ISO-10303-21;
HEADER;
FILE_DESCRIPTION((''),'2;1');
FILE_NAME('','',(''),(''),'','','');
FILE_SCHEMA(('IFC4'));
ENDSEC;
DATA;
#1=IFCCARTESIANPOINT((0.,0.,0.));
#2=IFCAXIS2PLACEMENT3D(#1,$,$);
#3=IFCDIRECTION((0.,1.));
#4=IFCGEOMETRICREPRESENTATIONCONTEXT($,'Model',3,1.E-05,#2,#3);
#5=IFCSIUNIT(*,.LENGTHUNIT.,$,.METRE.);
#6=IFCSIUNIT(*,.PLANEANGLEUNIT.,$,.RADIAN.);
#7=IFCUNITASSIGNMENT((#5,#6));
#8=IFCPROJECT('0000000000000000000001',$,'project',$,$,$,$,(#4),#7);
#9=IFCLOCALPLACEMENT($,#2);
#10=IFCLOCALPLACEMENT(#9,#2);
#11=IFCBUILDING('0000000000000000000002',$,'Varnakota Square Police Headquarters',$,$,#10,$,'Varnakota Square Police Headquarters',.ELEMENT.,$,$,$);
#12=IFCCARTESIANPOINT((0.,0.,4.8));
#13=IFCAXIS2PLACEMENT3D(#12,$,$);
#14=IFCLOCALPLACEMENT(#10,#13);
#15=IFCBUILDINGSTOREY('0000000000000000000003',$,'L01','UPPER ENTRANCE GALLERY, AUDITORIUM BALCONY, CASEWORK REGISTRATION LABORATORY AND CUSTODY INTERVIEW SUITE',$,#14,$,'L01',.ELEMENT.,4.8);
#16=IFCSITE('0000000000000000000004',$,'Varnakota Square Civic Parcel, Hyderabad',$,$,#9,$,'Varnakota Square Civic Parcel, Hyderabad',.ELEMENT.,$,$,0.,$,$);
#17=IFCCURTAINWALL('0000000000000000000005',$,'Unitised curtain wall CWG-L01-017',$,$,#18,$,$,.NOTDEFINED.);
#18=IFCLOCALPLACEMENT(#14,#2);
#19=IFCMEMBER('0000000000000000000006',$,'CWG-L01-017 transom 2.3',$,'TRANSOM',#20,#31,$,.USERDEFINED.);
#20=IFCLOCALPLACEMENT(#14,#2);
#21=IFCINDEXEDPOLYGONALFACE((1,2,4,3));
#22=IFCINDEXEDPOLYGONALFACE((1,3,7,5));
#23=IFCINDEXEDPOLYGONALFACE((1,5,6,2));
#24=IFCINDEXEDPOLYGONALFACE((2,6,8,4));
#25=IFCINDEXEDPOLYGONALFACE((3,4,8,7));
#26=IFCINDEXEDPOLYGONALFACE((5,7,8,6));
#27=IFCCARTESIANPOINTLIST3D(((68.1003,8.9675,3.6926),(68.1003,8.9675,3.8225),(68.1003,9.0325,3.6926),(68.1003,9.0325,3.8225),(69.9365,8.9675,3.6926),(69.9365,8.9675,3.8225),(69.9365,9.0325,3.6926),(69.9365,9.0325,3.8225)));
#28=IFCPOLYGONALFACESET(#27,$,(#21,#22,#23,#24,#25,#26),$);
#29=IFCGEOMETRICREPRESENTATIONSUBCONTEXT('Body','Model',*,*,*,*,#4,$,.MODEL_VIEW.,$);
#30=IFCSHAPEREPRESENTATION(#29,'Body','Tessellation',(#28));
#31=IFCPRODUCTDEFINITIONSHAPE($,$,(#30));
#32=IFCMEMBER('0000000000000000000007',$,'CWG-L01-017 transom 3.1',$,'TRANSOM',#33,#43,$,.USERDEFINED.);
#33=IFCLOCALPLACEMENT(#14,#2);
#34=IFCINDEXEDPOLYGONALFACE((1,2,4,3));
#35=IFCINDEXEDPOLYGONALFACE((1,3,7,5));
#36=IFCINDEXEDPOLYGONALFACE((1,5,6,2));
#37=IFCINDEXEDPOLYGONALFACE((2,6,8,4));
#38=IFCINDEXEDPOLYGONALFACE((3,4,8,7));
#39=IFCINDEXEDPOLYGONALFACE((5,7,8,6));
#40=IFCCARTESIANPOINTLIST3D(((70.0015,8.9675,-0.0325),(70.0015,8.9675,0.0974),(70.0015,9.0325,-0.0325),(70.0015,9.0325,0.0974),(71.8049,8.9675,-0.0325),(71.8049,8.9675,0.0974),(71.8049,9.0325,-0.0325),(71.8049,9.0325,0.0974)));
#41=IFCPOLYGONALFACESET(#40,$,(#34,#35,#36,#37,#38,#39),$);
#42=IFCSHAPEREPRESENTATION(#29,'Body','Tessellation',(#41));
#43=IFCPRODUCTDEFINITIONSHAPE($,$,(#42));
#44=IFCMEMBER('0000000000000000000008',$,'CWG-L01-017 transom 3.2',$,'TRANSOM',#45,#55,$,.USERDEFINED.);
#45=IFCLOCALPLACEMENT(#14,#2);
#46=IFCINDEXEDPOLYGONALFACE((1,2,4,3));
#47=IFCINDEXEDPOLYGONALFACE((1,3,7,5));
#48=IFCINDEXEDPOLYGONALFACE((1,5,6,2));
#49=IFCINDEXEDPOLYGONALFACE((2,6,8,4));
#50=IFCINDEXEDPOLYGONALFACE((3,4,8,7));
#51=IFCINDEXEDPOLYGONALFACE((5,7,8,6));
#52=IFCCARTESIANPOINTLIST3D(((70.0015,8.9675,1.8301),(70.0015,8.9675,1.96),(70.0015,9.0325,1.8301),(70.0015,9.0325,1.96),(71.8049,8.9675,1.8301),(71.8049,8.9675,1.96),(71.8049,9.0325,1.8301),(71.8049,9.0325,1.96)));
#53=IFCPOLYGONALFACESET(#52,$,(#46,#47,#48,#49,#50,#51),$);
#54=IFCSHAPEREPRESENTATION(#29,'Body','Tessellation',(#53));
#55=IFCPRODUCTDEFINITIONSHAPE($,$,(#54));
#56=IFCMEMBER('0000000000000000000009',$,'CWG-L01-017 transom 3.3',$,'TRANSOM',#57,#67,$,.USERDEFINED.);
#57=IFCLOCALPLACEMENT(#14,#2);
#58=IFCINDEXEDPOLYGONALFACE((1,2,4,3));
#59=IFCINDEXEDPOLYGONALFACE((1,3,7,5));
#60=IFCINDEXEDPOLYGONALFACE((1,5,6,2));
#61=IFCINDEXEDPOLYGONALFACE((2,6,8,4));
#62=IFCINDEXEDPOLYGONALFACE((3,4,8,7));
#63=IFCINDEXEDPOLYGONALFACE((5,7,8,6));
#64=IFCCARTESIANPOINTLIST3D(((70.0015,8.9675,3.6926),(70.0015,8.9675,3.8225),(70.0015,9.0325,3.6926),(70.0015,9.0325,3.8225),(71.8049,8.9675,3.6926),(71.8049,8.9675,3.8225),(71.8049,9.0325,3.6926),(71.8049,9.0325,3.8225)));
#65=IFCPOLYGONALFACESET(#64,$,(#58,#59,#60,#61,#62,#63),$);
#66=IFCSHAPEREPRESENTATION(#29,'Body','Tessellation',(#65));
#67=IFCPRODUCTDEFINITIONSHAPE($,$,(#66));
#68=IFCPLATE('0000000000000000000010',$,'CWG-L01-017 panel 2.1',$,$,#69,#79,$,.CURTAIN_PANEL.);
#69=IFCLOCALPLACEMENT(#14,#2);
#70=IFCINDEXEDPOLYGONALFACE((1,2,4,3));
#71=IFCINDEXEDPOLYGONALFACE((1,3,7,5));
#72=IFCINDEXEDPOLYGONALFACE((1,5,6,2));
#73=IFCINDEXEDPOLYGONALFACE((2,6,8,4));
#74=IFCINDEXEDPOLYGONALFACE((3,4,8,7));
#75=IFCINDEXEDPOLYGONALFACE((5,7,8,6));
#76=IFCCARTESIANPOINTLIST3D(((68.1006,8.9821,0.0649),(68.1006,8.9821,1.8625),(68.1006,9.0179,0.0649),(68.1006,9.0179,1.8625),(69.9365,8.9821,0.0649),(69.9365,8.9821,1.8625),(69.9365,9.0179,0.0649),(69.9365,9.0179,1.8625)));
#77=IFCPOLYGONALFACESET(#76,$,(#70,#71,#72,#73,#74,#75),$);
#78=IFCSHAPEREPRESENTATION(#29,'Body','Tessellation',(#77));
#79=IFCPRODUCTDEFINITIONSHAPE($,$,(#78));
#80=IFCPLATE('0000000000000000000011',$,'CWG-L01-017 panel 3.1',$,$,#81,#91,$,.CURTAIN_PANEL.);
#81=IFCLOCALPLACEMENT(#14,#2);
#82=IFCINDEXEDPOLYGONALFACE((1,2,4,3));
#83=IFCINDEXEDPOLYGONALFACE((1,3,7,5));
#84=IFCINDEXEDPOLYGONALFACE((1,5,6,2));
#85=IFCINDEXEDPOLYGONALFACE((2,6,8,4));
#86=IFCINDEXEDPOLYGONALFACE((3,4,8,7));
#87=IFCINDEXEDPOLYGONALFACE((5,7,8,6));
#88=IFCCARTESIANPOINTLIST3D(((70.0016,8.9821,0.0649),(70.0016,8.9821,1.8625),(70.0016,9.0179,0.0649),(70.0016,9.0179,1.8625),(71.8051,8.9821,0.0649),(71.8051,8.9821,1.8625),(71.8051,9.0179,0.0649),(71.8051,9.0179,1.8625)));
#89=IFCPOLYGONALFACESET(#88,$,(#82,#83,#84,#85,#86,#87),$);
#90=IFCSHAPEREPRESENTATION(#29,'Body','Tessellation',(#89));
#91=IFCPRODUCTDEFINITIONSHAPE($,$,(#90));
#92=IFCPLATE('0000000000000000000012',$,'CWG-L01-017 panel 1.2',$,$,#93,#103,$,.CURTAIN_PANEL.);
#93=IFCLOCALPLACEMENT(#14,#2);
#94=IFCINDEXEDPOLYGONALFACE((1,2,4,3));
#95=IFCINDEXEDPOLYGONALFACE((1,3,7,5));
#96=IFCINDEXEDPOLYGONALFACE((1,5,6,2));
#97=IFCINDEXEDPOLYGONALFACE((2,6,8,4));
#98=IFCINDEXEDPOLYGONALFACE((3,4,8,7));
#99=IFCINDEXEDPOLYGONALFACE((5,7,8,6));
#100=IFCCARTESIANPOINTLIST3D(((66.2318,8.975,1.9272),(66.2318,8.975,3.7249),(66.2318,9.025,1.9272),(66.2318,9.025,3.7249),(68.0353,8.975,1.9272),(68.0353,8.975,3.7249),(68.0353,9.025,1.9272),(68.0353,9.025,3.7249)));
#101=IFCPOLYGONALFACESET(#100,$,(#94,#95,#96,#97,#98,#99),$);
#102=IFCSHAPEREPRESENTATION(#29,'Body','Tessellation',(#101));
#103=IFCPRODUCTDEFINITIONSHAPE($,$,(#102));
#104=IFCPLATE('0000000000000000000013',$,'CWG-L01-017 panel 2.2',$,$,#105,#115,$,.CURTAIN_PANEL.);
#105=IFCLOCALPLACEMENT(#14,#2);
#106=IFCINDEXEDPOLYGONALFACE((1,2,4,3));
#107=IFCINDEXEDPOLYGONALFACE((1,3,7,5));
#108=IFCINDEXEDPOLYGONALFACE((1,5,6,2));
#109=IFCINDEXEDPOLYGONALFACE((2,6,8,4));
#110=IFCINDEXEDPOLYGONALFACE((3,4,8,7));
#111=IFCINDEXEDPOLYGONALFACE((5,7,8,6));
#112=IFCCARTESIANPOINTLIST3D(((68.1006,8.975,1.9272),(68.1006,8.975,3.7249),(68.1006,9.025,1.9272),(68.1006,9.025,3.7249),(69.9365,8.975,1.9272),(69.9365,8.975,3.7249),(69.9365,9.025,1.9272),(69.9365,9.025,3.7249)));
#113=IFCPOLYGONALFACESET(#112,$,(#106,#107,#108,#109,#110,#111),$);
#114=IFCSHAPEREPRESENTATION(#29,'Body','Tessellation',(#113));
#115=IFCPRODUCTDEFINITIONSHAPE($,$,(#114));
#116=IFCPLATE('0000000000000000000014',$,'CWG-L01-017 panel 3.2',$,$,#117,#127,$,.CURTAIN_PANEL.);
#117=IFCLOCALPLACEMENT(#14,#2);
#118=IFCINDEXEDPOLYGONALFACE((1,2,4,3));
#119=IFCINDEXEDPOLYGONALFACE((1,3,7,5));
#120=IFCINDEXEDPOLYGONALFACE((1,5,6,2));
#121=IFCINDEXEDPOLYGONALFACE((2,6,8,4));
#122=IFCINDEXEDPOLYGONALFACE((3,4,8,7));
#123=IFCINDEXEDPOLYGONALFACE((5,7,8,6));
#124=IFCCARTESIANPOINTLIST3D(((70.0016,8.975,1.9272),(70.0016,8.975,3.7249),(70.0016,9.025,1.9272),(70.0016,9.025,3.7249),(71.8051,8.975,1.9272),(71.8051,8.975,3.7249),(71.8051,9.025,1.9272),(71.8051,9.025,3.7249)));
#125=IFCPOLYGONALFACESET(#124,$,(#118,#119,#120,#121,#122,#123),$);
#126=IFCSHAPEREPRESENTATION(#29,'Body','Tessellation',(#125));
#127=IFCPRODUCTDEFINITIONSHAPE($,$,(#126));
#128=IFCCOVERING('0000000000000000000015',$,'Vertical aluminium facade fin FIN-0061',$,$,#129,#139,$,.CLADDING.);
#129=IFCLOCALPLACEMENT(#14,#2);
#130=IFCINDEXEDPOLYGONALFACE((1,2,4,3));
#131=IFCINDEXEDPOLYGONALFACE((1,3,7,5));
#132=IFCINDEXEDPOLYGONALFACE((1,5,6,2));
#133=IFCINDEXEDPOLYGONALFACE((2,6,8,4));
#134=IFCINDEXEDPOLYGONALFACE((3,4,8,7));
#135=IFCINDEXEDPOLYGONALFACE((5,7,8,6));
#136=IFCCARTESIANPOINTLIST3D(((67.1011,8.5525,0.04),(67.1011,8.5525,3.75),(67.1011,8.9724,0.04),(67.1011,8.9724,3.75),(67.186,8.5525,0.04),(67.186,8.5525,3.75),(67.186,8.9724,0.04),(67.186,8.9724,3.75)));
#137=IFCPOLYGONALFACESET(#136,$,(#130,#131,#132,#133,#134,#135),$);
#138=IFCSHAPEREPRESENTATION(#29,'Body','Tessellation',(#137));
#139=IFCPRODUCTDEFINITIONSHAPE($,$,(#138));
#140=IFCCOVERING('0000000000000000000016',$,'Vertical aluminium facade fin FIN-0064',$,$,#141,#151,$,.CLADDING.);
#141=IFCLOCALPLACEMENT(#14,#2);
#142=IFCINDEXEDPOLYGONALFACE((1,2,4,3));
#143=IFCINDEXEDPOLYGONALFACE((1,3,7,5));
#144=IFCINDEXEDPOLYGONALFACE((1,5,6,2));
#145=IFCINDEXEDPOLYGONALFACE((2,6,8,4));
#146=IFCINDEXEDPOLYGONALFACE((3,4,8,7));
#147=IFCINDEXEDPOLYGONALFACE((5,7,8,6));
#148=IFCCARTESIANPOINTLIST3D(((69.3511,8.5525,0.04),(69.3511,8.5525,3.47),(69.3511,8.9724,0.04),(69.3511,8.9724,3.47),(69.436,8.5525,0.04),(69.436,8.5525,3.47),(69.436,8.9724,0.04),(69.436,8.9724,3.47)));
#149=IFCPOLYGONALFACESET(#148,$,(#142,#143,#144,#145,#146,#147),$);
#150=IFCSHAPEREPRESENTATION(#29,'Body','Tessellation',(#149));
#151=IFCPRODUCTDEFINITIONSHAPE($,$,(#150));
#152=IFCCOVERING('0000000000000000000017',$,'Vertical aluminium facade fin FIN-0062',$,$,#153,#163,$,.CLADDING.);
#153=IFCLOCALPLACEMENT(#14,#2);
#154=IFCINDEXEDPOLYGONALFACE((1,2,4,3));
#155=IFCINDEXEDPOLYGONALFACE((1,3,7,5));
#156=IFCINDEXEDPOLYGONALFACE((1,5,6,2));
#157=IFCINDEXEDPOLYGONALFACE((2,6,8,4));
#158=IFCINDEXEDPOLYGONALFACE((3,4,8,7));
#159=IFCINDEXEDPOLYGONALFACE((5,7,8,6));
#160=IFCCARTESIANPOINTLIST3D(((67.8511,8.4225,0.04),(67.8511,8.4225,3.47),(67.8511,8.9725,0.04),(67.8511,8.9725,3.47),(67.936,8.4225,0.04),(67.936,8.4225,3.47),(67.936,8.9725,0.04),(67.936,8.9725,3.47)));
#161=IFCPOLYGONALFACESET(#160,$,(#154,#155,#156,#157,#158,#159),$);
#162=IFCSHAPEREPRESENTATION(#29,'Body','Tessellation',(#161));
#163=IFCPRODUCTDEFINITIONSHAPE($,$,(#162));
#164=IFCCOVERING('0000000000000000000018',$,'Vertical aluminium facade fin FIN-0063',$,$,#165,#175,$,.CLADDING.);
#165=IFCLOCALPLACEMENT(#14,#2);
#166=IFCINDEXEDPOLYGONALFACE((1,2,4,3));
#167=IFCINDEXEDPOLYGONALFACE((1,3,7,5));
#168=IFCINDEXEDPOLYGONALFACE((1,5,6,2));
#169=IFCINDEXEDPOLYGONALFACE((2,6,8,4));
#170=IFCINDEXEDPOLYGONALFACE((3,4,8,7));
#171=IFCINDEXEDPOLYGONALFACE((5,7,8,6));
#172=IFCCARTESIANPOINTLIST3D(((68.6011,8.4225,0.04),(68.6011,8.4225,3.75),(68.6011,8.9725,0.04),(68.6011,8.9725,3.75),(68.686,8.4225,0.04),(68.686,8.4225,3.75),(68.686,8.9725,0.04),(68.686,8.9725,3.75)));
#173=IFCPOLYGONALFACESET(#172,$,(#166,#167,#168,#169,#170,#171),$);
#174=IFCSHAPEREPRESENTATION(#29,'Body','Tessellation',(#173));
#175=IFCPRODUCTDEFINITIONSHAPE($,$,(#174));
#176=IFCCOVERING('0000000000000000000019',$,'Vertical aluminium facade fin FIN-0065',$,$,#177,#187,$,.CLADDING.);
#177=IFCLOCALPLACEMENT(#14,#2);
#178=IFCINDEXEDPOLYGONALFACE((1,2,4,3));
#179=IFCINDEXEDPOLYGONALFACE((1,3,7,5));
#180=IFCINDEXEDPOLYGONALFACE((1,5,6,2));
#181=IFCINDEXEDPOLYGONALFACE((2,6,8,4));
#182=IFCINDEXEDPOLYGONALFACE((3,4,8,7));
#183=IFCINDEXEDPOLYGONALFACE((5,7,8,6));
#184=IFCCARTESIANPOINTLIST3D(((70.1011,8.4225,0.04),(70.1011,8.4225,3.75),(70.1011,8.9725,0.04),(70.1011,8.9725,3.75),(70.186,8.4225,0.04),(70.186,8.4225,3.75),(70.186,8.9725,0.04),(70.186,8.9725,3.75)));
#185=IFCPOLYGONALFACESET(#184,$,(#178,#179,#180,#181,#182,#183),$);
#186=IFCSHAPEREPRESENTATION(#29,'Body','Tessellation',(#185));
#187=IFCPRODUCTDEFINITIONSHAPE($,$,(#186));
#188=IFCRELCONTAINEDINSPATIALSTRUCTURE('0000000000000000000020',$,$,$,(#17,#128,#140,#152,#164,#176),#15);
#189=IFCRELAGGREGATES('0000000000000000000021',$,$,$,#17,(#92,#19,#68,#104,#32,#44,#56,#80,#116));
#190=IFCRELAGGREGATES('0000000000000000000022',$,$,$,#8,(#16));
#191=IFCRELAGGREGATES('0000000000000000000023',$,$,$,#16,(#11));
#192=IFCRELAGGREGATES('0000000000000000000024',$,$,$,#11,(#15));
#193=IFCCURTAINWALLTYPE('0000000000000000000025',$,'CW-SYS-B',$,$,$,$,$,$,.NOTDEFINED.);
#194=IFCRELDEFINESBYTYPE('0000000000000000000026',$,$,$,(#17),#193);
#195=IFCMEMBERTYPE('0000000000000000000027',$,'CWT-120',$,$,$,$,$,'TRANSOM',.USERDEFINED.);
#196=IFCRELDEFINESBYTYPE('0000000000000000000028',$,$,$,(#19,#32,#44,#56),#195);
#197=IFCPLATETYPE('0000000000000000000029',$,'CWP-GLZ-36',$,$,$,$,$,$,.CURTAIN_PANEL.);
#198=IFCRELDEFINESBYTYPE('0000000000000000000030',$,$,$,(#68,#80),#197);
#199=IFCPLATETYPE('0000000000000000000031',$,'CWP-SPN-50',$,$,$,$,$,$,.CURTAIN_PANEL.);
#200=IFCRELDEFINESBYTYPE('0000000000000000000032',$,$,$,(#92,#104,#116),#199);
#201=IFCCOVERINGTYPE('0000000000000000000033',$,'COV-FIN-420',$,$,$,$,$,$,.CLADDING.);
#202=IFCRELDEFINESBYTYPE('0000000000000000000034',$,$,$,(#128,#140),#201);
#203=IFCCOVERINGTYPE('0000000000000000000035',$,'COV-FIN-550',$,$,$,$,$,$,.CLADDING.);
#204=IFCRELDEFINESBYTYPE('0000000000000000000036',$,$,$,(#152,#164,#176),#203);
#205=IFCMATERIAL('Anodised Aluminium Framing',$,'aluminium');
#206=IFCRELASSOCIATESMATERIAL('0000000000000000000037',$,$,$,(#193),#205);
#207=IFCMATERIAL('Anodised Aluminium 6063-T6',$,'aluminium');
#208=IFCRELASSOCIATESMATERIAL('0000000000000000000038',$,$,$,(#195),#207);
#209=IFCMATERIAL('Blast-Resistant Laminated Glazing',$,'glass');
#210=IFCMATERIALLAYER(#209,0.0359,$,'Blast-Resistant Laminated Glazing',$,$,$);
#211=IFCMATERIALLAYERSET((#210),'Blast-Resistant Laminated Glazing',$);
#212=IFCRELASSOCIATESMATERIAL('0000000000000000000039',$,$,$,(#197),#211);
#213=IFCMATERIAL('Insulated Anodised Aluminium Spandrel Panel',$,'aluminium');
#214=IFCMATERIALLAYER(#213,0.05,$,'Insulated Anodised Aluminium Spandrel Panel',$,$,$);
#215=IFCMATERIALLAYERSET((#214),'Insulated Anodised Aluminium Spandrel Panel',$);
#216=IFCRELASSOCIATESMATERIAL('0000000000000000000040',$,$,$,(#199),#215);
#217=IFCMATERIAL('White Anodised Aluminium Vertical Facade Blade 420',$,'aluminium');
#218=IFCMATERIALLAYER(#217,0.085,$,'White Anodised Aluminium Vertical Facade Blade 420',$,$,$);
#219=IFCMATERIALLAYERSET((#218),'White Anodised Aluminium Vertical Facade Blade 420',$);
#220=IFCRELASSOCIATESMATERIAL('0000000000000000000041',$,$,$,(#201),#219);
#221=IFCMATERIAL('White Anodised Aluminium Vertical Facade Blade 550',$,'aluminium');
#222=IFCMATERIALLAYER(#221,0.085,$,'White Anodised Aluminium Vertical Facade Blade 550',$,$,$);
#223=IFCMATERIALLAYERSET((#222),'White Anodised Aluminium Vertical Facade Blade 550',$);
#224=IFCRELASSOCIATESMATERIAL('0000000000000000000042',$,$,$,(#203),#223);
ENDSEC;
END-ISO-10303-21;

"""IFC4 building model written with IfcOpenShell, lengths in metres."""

from ifc_helpers import new_model, si_unit, direction, frame, origin, origin_2d, place, context, subcontext, project, spatial, rectangle, extrude, material, layer, layer_set, material_profile, profile_set, type_object, element, aggregate, save


model = new_model("IFC4")

# Units and contexts
model_context = context("Model", 3, precision=1e-05, world=origin(), true_north=direction((0.0, 1.0)))
body_context = subcontext(model_context, "Body", "Model", "MODEL_VIEW")
ifc_project = project(units=[si_unit("LENGTHUNIT", "METRE"), si_unit("PLANEANGLEUNIT", "RADIAN")], contexts=[model_context])

# Site, building, storey
site_placement = place(None, origin())
site = spatial("IfcSite", under=ifc_project, at=site_placement, Name="Varnakota Square Civic Parcel, Hyderabad", LongName="Varnakota Square Civic Parcel, Hyderabad", CompositionType="ELEMENT", RefElevation=0.0)
building_placement = place(site_placement, origin())
building = spatial("IfcBuilding", under=site, at=building_placement, Name="Varnakota Square Police Headquarters", LongName="Varnakota Square Police Headquarters", CompositionType="ELEMENT")
storey_placement = place(building_placement, frame((0.0, 0.0, 4.8)))
storey = spatial("IfcBuildingStorey", under=building, at=storey_placement, Name="L01", Description="UPPER ENTRANCE GALLERY, AUDITORIUM BALCONY, CASEWORK REGISTRATION LABORATORY AND CUSTODY INTERVIEW SUITE", LongName="L01", CompositionType="ELEMENT", Elevation=4.8)

# Curtain wall, members, plates
ifc_material_1 = material(Name="Anodised Aluminium Framing", Category="aluminium")
curtain_wall_type = type_object("IfcCurtainWallType", Name="CW-SYS-B", PredefinedType="NOTDEFINED", material=ifc_material_1)
curtain_wall_placement = place(storey_placement, origin())
curtain_wall = element("IfcCurtainWall", 1, at=curtain_wall_placement, inside=storey, type_object=curtain_wall_type, Name="Unitised curtain wall CWG-L01-017", PredefinedType="NOTDEFINED")
ifc_material_2 = material(Name="Anodised Aluminium 6063-T6", Category="aluminium")
ifc_material_profile_1 = material_profile(ifc_material_2, rectangle(XDim=0.0649, YDim=0.1299, at=origin_2d()), Name="ALU TRANSOM 65x130")
ifc_profile_set_1 = profile_set([ifc_material_profile_1], Name="Anodised Aluminium 6063-T6")
member_type_1 = type_object("IfcMemberType", Name="CWT-120", ElementType="TRANSOM", PredefinedType="USERDEFINED", material=ifc_profile_set_1)
member_1_placement = place(storey_placement, frame((68.1003, 9.0, 3.7576), z_axis=(1.0, 0.0, 0.0), x_axis=(0.0, 1.0, 0.0)))
member_1 = element("IfcMember", 2, at=member_1_placement, type_object=member_type_1, Name="CWG-L01-017 transom 2.3", ObjectType="TRANSOM", PredefinedType="USERDEFINED", context=body_context, shape_type="SweptSolid", body=[
    extrude(rectangle(XDim=0.0649, YDim=0.1299, at=origin_2d()), origin(), (0.0, 0.0, 1.0), 1.8362),
])
member_2_placement = place(storey_placement, frame((70.0015, 9.0, 0.0325), z_axis=(1.0, 0.0, 0.0), x_axis=(0.0, 1.0, 0.0)))
member_2 = element("IfcMember", 3, at=member_2_placement, type_object=member_type_1, Name="CWG-L01-017 transom 3.1", ObjectType="TRANSOM", PredefinedType="USERDEFINED", context=body_context, shape_type="SweptSolid", body=[
    extrude(rectangle(XDim=0.0649, YDim=0.1299, at=origin_2d()), origin(), (0.0, 0.0, 1.0), 1.8035),
])
member_3_placement = place(storey_placement, frame((70.0015, 9.0, 1.895), z_axis=(1.0, 0.0, 0.0), x_axis=(0.0, 1.0, 0.0)))
member_3 = element("IfcMember", 4, at=member_3_placement, type_object=member_type_1, Name="CWG-L01-017 transom 3.2", ObjectType="TRANSOM", PredefinedType="USERDEFINED", context=body_context, shape_type="SweptSolid", body=[
    extrude(rectangle(XDim=0.0649, YDim=0.1299, at=origin_2d()), origin(), (0.0, 0.0, 1.0), 1.8035),
])
member_4_placement = place(storey_placement, frame((70.0015, 9.0, 3.7576), z_axis=(1.0, 0.0, 0.0), x_axis=(0.0, 1.0, 0.0)))
member_4 = element("IfcMember", 5, at=member_4_placement, type_object=member_type_1, Name="CWG-L01-017 transom 3.3", ObjectType="TRANSOM", PredefinedType="USERDEFINED", context=body_context, shape_type="SweptSolid", body=[
    extrude(rectangle(XDim=0.0649, YDim=0.1299, at=origin_2d()), origin(), (0.0, 0.0, 1.0), 1.8035),
])
ifc_material_3 = material(Name="Blast-Resistant Laminated Glazing", Category="glass")
ifc_layer_1 = layer(ifc_material_3, 0.0359, Name="Blast-Resistant Laminated Glazing")
ifc_layer_set_1 = layer_set([ifc_layer_1], Name="Blast-Resistant Laminated Glazing")
plate_type_1 = type_object("IfcPlateType", Name="CWP-GLZ-36", PredefinedType="CURTAIN_PANEL", material=ifc_layer_set_1)
plate_1_placement = place(storey_placement, frame((69.0186, 9.0, 0.0649), z_axis=(0.0, 0.0, 1.0), x_axis=(1.0, 0.0, 0.0)))
plate_1 = element("IfcPlate", 6, at=plate_1_placement, type_object=plate_type_1, Name="CWG-L01-017 panel 2.1", PredefinedType="CURTAIN_PANEL", context=body_context, shape_type="SweptSolid", body=[
    extrude(rectangle(XDim=1.8359, YDim=0.0359, at=origin_2d()), origin(), (0.0, 0.0, 1.0), 1.7976),
])
plate_2_placement = place(storey_placement, frame((70.9033, 9.0, 0.0649), z_axis=(0.0, 0.0, 1.0), x_axis=(1.0, 0.0, 0.0)))
plate_2 = element("IfcPlate", 7, at=plate_2_placement, type_object=plate_type_1, Name="CWG-L01-017 panel 3.1", PredefinedType="CURTAIN_PANEL", context=body_context, shape_type="SweptSolid", body=[
    extrude(rectangle(XDim=1.8035, YDim=0.0359, at=origin_2d()), origin(), (0.0, 0.0, 1.0), 1.7976),
])
ifc_material_4 = material(Name="Insulated Anodised Aluminium Spandrel Panel", Category="aluminium")
ifc_layer_2 = layer(ifc_material_4, 0.05, Name="Insulated Anodised Aluminium Spandrel Panel")
ifc_layer_set_2 = layer_set([ifc_layer_2], Name="Insulated Anodised Aluminium Spandrel Panel")
plate_type_2 = type_object("IfcPlateType", Name="CWP-SPN-50", PredefinedType="CURTAIN_PANEL", material=ifc_layer_set_2)
plate_3_placement = place(storey_placement, frame((67.1335, 9.0, 1.9272), z_axis=(0.0, 0.0, 1.0), x_axis=(1.0, 0.0, 0.0)))
plate_3 = element("IfcPlate", 8, at=plate_3_placement, type_object=plate_type_2, Name="CWG-L01-017 panel 1.2", PredefinedType="CURTAIN_PANEL", context=body_context, shape_type="SweptSolid", body=[
    extrude(rectangle(XDim=1.8035, YDim=0.05, at=origin_2d()), origin(), (0.0, 0.0, 1.0), 1.7976),
])
plate_4_placement = place(storey_placement, frame((69.0186, 9.0, 1.9272), z_axis=(0.0, 0.0, 1.0), x_axis=(1.0, 0.0, 0.0)))
plate_4 = element("IfcPlate", 9, at=plate_4_placement, type_object=plate_type_2, Name="CWG-L01-017 panel 2.2", PredefinedType="CURTAIN_PANEL", context=body_context, shape_type="SweptSolid", body=[
    extrude(rectangle(XDim=1.8359, YDim=0.05, at=origin_2d()), origin(), (0.0, 0.0, 1.0), 1.7976),
])
plate_5_placement = place(storey_placement, frame((70.9033, 9.0, 1.9272), z_axis=(0.0, 0.0, 1.0), x_axis=(1.0, 0.0, 0.0)))
plate_5 = element("IfcPlate", 10, at=plate_5_placement, type_object=plate_type_2, Name="CWG-L01-017 panel 3.2", PredefinedType="CURTAIN_PANEL", context=body_context, shape_type="SweptSolid", body=[
    extrude(rectangle(XDim=1.8035, YDim=0.05, at=origin_2d()), origin(), (0.0, 0.0, 1.0), 1.7976),
])
aggregate(curtain_wall, [plate_3, member_1, plate_1, plate_4, member_2, member_3, member_4, plate_2, plate_5])

# Coverings
ifc_material_5 = material(Name="White Anodised Aluminium Vertical Facade Blade 420", Category="aluminium")
ifc_layer_3 = layer(ifc_material_5, 0.085, Name="White Anodised Aluminium Vertical Facade Blade 420")
ifc_layer_set_3 = layer_set([ifc_layer_3], Name="White Anodised Aluminium Vertical Facade Blade 420")
covering_type_1 = type_object("IfcCoveringType", Name="COV-FIN-420", PredefinedType="CLADDING", material=ifc_layer_set_3)
covering_1_placement = place(storey_placement, frame((67.1436, 8.7625, 0.04), z_axis=(0.0, 0.0, 1.0), x_axis=(1.0, 0.0, 0.0)))
element("IfcCovering", 11, at=covering_1_placement, inside=storey, type_object=covering_type_1, Name="Vertical aluminium facade fin FIN-0061", PredefinedType="CLADDING", context=body_context, shape_type="SweptSolid", body=[
    extrude(rectangle(XDim=0.085, YDim=0.4199, at=origin_2d()), origin(), (0.0, 0.0, 1.0), 3.71),
])
covering_2_placement = place(storey_placement, frame((69.3936, 8.7625, 0.04), z_axis=(0.0, 0.0, 1.0), x_axis=(1.0, 0.0, 0.0)))
element("IfcCovering", 12, at=covering_2_placement, inside=storey, type_object=covering_type_1, Name="Vertical aluminium facade fin FIN-0064", PredefinedType="CLADDING", context=body_context, shape_type="SweptSolid", body=[
    extrude(rectangle(XDim=0.085, YDim=0.4199, at=origin_2d()), origin(), (0.0, 0.0, 1.0), 3.4299),
])
ifc_material_6 = material(Name="White Anodised Aluminium Vertical Facade Blade 550", Category="aluminium")
ifc_layer_4 = layer(ifc_material_6, 0.085, Name="White Anodised Aluminium Vertical Facade Blade 550")
ifc_layer_set_4 = layer_set([ifc_layer_4], Name="White Anodised Aluminium Vertical Facade Blade 550")
covering_type_2 = type_object("IfcCoveringType", Name="COV-FIN-550", PredefinedType="CLADDING", material=ifc_layer_set_4)
covering_3_placement = place(storey_placement, frame((67.8936, 8.6975, 0.04), z_axis=(0.0, 0.0, 1.0), x_axis=(1.0, 0.0, 0.0)))
element("IfcCovering", 13, at=covering_3_placement, inside=storey, type_object=covering_type_2, Name="Vertical aluminium facade fin FIN-0062", PredefinedType="CLADDING", context=body_context, shape_type="SweptSolid", body=[
    extrude(rectangle(XDim=0.085, YDim=0.55, at=origin_2d()), origin(), (0.0, 0.0, 1.0), 3.4299),
])
for number, where, z_axis, x_axis, name in (
    (14, (68.6436, 8.6975, 0.04), (0.0, 0.0, 1.0), (1.0, 0.0, 0.0), "Vertical aluminium facade fin FIN-0063"),
    (15, (70.1436, 8.6975, 0.04), (0.0, 0.0, 1.0), (1.0, 0.0, 0.0), "Vertical aluminium facade fin FIN-0065"),
):
    element("IfcCovering", number, at=place(storey_placement, frame(where, z_axis=z_axis, x_axis=x_axis)), inside=storey, type_object=covering_type_2, Name=name, PredefinedType="CLADDING", context=body_context, shape_type="SweptSolid", body=[
        extrude(rectangle(XDim=0.085, YDim=0.55, at=origin_2d()), origin(), (0.0, 0.0, 1.0), 3.71),
    ])

save(model, "model.ifc")
